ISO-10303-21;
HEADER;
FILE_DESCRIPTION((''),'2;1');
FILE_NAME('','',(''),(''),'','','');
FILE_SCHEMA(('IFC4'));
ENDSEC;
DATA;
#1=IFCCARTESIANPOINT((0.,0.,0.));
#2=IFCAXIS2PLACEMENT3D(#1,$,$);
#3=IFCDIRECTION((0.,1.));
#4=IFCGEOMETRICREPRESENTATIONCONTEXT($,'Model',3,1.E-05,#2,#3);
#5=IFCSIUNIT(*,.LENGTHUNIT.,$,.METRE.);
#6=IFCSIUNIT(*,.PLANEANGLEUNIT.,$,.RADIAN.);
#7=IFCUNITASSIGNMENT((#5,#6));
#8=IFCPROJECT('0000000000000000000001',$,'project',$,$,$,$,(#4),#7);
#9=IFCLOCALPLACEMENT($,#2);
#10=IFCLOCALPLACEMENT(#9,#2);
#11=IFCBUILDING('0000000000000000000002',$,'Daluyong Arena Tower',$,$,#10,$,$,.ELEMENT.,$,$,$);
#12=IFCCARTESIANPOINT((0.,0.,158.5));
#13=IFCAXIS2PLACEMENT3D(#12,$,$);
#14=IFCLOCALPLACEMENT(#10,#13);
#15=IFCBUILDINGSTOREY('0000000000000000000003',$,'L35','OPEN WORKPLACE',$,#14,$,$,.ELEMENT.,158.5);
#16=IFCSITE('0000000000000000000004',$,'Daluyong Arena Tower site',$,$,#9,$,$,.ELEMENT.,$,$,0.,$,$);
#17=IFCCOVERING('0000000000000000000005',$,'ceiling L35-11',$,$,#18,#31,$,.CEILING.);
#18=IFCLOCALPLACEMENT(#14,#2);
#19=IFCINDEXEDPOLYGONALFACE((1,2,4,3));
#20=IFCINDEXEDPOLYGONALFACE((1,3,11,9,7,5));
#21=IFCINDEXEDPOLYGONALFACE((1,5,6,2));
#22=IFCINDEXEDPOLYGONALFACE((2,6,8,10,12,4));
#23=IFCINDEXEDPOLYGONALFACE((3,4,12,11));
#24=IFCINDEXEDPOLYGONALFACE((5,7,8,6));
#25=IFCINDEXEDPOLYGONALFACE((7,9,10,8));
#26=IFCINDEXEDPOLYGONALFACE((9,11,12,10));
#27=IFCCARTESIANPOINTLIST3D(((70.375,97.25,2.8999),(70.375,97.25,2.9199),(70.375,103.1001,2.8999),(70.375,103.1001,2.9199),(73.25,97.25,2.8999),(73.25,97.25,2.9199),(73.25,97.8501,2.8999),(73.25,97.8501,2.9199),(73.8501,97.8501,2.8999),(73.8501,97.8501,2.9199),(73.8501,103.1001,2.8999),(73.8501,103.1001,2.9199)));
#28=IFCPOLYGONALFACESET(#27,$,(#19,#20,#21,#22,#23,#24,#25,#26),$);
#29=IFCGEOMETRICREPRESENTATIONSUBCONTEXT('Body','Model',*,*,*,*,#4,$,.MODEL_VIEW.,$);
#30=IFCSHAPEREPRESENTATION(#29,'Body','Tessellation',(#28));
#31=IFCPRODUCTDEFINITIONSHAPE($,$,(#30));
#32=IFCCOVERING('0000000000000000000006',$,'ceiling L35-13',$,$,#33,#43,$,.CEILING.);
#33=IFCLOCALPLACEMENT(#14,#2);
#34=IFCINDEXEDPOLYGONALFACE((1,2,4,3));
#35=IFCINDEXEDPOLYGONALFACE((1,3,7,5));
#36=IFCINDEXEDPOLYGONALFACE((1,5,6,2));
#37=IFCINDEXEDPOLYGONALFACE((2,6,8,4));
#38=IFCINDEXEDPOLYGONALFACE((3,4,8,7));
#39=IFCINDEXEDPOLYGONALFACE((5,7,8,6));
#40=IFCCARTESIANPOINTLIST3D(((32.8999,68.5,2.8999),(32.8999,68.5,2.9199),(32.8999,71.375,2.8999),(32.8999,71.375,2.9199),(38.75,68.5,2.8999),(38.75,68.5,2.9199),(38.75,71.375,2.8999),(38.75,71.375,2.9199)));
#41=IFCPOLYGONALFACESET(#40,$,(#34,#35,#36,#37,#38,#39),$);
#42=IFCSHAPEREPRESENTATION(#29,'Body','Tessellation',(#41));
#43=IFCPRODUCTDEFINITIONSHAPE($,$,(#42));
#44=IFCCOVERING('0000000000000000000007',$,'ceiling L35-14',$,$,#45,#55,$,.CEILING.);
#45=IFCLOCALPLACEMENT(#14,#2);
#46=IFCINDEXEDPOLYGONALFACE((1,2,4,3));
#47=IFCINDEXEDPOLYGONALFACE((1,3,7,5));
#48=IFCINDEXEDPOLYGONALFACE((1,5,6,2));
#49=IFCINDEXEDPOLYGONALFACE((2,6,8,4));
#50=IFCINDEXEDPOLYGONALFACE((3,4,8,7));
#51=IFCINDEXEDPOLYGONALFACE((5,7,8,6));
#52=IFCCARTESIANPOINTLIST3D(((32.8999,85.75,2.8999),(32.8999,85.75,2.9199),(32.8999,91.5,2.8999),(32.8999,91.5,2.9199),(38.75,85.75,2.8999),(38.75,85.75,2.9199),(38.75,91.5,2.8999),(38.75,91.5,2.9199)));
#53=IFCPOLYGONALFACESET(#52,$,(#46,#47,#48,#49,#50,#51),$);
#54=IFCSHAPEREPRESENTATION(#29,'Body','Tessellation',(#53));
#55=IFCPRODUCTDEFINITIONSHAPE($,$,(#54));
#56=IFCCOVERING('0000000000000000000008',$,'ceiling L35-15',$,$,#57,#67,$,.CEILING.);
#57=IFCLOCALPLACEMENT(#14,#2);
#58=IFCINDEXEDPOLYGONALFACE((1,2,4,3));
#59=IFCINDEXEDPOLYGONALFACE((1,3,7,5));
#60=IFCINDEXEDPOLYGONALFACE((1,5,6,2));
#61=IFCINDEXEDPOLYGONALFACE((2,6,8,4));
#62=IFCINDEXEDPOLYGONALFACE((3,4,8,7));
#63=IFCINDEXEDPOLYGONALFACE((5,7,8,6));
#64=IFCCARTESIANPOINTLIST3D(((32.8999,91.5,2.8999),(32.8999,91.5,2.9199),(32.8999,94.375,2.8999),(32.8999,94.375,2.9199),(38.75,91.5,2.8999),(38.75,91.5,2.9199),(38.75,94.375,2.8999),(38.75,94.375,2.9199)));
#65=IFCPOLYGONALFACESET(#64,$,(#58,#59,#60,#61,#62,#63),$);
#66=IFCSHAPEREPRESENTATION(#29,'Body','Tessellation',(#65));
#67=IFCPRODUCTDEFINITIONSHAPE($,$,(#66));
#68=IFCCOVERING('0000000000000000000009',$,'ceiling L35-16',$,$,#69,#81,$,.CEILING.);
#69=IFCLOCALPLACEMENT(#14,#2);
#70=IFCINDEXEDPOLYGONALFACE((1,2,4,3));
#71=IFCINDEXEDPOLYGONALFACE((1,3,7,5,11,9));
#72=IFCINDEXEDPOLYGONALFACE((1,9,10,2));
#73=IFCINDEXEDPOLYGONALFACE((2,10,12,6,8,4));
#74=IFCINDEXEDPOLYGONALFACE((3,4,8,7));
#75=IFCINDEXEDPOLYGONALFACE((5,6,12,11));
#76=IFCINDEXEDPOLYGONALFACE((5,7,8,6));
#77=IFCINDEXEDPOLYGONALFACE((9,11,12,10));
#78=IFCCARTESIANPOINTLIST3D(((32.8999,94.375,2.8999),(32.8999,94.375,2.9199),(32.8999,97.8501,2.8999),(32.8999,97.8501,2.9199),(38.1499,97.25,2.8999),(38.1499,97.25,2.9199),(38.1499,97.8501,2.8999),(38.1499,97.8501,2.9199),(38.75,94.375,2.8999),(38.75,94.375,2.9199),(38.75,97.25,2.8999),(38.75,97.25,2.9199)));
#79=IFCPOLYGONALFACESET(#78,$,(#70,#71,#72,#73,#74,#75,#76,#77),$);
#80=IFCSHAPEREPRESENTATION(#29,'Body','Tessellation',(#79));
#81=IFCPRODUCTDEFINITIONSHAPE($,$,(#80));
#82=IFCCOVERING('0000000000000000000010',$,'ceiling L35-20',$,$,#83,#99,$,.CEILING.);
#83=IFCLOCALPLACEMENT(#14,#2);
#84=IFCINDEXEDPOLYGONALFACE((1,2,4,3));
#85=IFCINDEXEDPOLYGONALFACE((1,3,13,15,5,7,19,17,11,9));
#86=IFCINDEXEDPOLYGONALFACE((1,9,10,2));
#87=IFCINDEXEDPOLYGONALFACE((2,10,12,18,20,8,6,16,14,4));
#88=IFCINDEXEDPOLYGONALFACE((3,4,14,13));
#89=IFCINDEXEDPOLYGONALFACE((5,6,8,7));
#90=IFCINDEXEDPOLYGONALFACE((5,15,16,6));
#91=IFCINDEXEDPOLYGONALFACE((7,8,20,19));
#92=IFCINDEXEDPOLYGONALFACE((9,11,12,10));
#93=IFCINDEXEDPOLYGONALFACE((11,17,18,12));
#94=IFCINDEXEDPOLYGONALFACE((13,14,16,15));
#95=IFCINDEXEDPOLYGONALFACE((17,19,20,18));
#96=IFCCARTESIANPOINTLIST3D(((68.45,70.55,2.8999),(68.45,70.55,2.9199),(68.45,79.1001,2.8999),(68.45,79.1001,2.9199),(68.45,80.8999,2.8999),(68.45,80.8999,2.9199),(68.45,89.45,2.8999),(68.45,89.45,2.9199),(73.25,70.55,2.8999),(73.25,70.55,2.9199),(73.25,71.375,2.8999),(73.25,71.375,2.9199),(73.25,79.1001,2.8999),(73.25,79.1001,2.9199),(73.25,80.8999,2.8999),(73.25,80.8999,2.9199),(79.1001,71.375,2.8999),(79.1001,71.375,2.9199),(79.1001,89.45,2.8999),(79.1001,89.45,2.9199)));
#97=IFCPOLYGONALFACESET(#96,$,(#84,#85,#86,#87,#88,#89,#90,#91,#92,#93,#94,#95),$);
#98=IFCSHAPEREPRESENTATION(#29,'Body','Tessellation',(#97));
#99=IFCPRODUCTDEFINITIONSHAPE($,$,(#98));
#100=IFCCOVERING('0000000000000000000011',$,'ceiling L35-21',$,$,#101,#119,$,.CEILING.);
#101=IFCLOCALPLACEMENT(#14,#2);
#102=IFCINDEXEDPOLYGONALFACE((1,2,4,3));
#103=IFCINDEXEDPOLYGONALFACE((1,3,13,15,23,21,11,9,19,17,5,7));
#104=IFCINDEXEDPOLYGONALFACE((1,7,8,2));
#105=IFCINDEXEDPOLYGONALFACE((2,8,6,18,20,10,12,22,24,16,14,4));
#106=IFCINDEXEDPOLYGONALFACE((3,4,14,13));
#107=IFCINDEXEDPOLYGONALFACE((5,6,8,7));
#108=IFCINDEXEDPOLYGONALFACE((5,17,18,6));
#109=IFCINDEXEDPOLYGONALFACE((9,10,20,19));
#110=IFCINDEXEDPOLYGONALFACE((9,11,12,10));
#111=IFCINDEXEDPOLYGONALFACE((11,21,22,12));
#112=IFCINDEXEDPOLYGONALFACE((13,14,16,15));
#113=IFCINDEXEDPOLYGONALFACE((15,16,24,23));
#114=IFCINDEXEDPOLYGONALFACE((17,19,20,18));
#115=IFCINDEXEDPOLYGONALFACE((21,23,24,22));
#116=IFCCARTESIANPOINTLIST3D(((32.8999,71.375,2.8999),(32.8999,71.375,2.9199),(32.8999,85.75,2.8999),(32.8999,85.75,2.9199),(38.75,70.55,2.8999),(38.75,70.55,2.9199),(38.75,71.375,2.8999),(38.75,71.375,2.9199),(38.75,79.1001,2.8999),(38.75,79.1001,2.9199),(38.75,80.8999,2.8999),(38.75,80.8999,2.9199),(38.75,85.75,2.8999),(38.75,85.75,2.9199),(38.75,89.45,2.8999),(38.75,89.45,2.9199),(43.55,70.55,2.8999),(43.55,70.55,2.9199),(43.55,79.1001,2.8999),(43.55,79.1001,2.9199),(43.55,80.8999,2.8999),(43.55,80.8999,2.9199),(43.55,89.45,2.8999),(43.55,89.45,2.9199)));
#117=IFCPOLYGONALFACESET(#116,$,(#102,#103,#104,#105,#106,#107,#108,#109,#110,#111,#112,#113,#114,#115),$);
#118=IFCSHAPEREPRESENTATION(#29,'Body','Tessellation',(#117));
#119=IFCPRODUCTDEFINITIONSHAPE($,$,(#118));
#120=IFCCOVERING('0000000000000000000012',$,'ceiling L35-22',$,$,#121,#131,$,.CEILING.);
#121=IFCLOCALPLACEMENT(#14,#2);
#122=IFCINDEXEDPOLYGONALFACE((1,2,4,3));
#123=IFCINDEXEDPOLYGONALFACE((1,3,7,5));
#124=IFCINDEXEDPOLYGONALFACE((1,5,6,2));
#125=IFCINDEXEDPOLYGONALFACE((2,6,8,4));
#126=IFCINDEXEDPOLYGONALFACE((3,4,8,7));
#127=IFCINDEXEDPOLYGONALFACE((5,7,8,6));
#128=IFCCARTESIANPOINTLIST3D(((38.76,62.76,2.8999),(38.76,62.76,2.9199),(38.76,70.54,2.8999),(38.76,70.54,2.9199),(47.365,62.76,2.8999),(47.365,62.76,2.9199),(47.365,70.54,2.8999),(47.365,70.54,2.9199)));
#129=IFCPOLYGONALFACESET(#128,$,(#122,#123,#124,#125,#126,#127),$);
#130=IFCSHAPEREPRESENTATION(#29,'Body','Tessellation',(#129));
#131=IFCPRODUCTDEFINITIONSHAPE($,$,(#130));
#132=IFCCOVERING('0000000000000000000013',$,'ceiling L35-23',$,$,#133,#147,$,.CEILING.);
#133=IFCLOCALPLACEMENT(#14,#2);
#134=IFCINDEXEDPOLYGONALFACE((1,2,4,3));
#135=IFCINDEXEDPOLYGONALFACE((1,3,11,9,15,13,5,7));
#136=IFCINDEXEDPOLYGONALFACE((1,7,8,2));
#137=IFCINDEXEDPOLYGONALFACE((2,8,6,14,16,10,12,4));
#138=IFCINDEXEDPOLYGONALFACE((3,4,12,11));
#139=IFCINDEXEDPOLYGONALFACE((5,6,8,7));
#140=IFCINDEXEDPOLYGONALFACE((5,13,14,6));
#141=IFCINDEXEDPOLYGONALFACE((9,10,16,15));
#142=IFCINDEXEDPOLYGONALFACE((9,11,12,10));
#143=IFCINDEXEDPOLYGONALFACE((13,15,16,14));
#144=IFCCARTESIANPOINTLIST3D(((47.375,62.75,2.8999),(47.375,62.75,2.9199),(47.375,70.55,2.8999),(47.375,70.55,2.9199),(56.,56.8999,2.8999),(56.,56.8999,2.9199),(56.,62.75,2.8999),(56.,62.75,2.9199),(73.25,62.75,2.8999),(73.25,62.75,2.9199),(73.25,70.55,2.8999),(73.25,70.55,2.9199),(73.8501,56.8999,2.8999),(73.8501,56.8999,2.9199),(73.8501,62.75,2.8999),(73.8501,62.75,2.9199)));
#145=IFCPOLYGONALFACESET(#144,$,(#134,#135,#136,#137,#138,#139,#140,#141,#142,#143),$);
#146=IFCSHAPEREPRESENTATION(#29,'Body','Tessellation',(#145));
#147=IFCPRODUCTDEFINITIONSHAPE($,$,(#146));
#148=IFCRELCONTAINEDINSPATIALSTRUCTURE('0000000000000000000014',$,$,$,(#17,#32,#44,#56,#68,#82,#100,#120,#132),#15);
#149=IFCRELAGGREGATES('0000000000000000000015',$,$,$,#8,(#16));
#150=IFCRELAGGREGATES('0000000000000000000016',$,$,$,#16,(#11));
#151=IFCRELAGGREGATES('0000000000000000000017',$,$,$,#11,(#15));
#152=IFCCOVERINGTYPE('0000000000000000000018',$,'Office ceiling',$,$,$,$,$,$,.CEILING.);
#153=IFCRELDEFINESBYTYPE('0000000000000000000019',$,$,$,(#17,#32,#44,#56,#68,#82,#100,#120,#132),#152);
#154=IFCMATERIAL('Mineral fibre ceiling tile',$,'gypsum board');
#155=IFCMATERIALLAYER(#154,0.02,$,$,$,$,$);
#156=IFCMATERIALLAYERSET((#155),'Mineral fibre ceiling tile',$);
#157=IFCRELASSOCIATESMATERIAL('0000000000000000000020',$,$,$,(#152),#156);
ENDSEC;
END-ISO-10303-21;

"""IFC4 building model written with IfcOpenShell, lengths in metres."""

from ifc_helpers import new_model, si_unit, direction, frame, origin, place, context, subcontext, project, spatial, polyline, outline, extrude, material, layer, layer_set, type_object, element, save


model = new_model("IFC4")

# Units and contexts
model_context = context("Model", 3, precision=1e-05, world=origin(), true_north=direction((0.0, 1.0)))
body_context = subcontext(model_context, "Body", "Model", "MODEL_VIEW")
ifc_project = project(units=[si_unit("LENGTHUNIT", "METRE"), si_unit("PLANEANGLEUNIT", "RADIAN")], contexts=[model_context])

# Site, building, storey
site_placement = place(None, origin())
site = spatial("IfcSite", under=ifc_project, at=site_placement, Name="Daluyong Arena Tower site", CompositionType="ELEMENT", RefElevation=0.0)
building_placement = place(site_placement, origin())
building = spatial("IfcBuilding", under=site, at=building_placement, Name="Daluyong Arena Tower", CompositionType="ELEMENT")
storey_placement = place(building_placement, frame((0.0, 0.0, 158.5)))
storey = spatial("IfcBuildingStorey", under=building, at=storey_placement, Name="L35", Description="OPEN WORKPLACE", CompositionType="ELEMENT", Elevation=158.5)

# Coverings
ifc_material_1 = material(Name="Mineral fibre ceiling tile", Category="gypsum board")
ifc_layer_1 = layer(ifc_material_1, 0.02)
ifc_layer_set_1 = layer_set([ifc_layer_1], Name="Mineral fibre ceiling tile")
covering_type = type_object("IfcCoveringType", Name="Office ceiling", PredefinedType="CEILING", material=ifc_layer_set_1)
covering_1_placement = place(storey_placement, frame((0.0, 0.0, 2.8999)))
element("IfcCovering", 1, at=covering_1_placement, inside=storey, type_object=covering_type, Name="ceiling L35-11", PredefinedType="CEILING", context=body_context, shape_type="SweptSolid", body=[
    extrude(outline(polyline([(70.375, 97.25), (73.25, 97.25), (73.25, 97.8501), (73.8501, 97.8501), (73.8501, 103.1001), (70.375, 103.1001), (70.375, 97.25)])), origin(), (0.0, 0.0, 1.0), 0.02),
])
covering_2_placement = place(storey_placement, frame((0.0, 0.0, 2.8999)))
element("IfcCovering", 2, at=covering_2_placement, inside=storey, type_object=covering_type, Name="ceiling L35-13", PredefinedType="CEILING", context=body_context, shape_type="SweptSolid", body=[
    extrude(outline(polyline([(38.75, 71.375), (32.8999, 71.375), (32.8999, 68.5), (38.75, 68.5), (38.75, 71.375)])), origin(), (0.0, 0.0, 1.0), 0.02),
])
covering_3_placement = place(storey_placement, frame((0.0, 0.0, 2.8999)))
element("IfcCovering", 3, at=covering_3_placement, inside=storey, type_object=covering_type, Name="ceiling L35-14", PredefinedType="CEILING", context=body_context, shape_type="SweptSolid", body=[
    extrude(outline(polyline([(38.75, 91.5), (32.8999, 91.5), (32.8999, 85.75), (38.75, 85.75), (38.75, 91.5)])), origin(), (0.0, 0.0, 1.0), 0.02),
])
covering_4_placement = place(storey_placement, frame((0.0, 0.0, 2.8999)))
element("IfcCovering", 4, at=covering_4_placement, inside=storey, type_object=covering_type, Name="ceiling L35-15", PredefinedType="CEILING", context=body_context, shape_type="SweptSolid", body=[
    extrude(outline(polyline([(38.75, 94.375), (32.8999, 94.375), (32.8999, 91.5), (38.75, 91.5), (38.75, 94.375)])), origin(), (0.0, 0.0, 1.0), 0.02),
])
covering_5_placement = place(storey_placement, frame((0.0, 0.0, 2.8999)))
element("IfcCovering", 5, at=covering_5_placement, inside=storey, type_object=covering_type, Name="ceiling L35-16", PredefinedType="CEILING", context=body_context, shape_type="SweptSolid", body=[
    extrude(outline(polyline([(38.75, 94.375), (38.75, 97.25), (38.1499, 97.25), (38.1499, 97.8501), (32.8999, 97.8501), (32.8999, 94.375), (38.75, 94.375)])), origin(), (0.0, 0.0, 1.0), 0.02),
])
covering_6_placement = place(storey_placement, frame((0.0, 0.0, 2.8999)))
element("IfcCovering", 6, at=covering_6_placement, inside=storey, type_object=covering_type, Name="ceiling L35-20", PredefinedType="CEILING", context=body_context, shape_type="SweptSolid", body=[
    extrude(outline(polyline([(79.1001, 71.375), (79.1001, 89.45), (68.45, 89.45), (68.45, 80.8999), (73.25, 80.8999), (73.25, 79.1001), (68.45, 79.1001), (68.45, 70.55), (73.25, 70.55), (73.25, 71.375), (79.1001, 71.375)])), origin(), (0.0, 0.0, 1.0), 0.02),
])
covering_7_placement = place(storey_placement, frame((0.0, 0.0, 2.8999)))
element("IfcCovering", 7, at=covering_7_placement, inside=storey, type_object=covering_type, Name="ceiling L35-21", PredefinedType="CEILING", context=body_context, shape_type="SweptSolid", body=[
    extrude(outline(polyline([(38.75, 71.375), (38.75, 70.55), (43.55, 70.55), (43.55, 79.1001), (38.75, 79.1001), (38.75, 80.8999), (43.55, 80.8999), (43.55, 89.45), (38.75, 89.45), (38.75, 85.75), (32.8999, 85.75), (32.8999, 71.375), (38.75, 71.375)])), origin(), (0.0, 0.0, 1.0), 0.02),
])
covering_8_placement = place(storey_placement, frame((0.0, 0.0, 2.8999)))
element("IfcCovering", 8, at=covering_8_placement, inside=storey, type_object=covering_type, Name="ceiling L35-22", PredefinedType="CEILING", context=body_context, shape_type="SweptSolid", body=[
    extrude(outline(polyline([(38.76, 62.76), (47.365, 62.76), (47.365, 70.54), (38.76, 70.54), (38.76, 62.76)])), origin(), (0.0, 0.0, 1.0), 0.02),
])
covering_9_placement = place(storey_placement, frame((0.0, 0.0, 2.8999)))
element("IfcCovering", 9, at=covering_9_placement, inside=storey, type_object=covering_type, Name="ceiling L35-23", PredefinedType="CEILING", context=body_context, shape_type="SweptSolid", body=[
    extrude(outline(polyline([(73.25, 62.75), (73.25, 70.55), (47.375, 70.55), (47.375, 62.75), (56.0, 62.75), (56.0, 56.8999), (73.8501, 56.8999), (73.8501, 62.75), (73.25, 62.75)])), origin(), (0.0, 0.0, 1.0), 0.02),
])

save(model, "model.ifc")
